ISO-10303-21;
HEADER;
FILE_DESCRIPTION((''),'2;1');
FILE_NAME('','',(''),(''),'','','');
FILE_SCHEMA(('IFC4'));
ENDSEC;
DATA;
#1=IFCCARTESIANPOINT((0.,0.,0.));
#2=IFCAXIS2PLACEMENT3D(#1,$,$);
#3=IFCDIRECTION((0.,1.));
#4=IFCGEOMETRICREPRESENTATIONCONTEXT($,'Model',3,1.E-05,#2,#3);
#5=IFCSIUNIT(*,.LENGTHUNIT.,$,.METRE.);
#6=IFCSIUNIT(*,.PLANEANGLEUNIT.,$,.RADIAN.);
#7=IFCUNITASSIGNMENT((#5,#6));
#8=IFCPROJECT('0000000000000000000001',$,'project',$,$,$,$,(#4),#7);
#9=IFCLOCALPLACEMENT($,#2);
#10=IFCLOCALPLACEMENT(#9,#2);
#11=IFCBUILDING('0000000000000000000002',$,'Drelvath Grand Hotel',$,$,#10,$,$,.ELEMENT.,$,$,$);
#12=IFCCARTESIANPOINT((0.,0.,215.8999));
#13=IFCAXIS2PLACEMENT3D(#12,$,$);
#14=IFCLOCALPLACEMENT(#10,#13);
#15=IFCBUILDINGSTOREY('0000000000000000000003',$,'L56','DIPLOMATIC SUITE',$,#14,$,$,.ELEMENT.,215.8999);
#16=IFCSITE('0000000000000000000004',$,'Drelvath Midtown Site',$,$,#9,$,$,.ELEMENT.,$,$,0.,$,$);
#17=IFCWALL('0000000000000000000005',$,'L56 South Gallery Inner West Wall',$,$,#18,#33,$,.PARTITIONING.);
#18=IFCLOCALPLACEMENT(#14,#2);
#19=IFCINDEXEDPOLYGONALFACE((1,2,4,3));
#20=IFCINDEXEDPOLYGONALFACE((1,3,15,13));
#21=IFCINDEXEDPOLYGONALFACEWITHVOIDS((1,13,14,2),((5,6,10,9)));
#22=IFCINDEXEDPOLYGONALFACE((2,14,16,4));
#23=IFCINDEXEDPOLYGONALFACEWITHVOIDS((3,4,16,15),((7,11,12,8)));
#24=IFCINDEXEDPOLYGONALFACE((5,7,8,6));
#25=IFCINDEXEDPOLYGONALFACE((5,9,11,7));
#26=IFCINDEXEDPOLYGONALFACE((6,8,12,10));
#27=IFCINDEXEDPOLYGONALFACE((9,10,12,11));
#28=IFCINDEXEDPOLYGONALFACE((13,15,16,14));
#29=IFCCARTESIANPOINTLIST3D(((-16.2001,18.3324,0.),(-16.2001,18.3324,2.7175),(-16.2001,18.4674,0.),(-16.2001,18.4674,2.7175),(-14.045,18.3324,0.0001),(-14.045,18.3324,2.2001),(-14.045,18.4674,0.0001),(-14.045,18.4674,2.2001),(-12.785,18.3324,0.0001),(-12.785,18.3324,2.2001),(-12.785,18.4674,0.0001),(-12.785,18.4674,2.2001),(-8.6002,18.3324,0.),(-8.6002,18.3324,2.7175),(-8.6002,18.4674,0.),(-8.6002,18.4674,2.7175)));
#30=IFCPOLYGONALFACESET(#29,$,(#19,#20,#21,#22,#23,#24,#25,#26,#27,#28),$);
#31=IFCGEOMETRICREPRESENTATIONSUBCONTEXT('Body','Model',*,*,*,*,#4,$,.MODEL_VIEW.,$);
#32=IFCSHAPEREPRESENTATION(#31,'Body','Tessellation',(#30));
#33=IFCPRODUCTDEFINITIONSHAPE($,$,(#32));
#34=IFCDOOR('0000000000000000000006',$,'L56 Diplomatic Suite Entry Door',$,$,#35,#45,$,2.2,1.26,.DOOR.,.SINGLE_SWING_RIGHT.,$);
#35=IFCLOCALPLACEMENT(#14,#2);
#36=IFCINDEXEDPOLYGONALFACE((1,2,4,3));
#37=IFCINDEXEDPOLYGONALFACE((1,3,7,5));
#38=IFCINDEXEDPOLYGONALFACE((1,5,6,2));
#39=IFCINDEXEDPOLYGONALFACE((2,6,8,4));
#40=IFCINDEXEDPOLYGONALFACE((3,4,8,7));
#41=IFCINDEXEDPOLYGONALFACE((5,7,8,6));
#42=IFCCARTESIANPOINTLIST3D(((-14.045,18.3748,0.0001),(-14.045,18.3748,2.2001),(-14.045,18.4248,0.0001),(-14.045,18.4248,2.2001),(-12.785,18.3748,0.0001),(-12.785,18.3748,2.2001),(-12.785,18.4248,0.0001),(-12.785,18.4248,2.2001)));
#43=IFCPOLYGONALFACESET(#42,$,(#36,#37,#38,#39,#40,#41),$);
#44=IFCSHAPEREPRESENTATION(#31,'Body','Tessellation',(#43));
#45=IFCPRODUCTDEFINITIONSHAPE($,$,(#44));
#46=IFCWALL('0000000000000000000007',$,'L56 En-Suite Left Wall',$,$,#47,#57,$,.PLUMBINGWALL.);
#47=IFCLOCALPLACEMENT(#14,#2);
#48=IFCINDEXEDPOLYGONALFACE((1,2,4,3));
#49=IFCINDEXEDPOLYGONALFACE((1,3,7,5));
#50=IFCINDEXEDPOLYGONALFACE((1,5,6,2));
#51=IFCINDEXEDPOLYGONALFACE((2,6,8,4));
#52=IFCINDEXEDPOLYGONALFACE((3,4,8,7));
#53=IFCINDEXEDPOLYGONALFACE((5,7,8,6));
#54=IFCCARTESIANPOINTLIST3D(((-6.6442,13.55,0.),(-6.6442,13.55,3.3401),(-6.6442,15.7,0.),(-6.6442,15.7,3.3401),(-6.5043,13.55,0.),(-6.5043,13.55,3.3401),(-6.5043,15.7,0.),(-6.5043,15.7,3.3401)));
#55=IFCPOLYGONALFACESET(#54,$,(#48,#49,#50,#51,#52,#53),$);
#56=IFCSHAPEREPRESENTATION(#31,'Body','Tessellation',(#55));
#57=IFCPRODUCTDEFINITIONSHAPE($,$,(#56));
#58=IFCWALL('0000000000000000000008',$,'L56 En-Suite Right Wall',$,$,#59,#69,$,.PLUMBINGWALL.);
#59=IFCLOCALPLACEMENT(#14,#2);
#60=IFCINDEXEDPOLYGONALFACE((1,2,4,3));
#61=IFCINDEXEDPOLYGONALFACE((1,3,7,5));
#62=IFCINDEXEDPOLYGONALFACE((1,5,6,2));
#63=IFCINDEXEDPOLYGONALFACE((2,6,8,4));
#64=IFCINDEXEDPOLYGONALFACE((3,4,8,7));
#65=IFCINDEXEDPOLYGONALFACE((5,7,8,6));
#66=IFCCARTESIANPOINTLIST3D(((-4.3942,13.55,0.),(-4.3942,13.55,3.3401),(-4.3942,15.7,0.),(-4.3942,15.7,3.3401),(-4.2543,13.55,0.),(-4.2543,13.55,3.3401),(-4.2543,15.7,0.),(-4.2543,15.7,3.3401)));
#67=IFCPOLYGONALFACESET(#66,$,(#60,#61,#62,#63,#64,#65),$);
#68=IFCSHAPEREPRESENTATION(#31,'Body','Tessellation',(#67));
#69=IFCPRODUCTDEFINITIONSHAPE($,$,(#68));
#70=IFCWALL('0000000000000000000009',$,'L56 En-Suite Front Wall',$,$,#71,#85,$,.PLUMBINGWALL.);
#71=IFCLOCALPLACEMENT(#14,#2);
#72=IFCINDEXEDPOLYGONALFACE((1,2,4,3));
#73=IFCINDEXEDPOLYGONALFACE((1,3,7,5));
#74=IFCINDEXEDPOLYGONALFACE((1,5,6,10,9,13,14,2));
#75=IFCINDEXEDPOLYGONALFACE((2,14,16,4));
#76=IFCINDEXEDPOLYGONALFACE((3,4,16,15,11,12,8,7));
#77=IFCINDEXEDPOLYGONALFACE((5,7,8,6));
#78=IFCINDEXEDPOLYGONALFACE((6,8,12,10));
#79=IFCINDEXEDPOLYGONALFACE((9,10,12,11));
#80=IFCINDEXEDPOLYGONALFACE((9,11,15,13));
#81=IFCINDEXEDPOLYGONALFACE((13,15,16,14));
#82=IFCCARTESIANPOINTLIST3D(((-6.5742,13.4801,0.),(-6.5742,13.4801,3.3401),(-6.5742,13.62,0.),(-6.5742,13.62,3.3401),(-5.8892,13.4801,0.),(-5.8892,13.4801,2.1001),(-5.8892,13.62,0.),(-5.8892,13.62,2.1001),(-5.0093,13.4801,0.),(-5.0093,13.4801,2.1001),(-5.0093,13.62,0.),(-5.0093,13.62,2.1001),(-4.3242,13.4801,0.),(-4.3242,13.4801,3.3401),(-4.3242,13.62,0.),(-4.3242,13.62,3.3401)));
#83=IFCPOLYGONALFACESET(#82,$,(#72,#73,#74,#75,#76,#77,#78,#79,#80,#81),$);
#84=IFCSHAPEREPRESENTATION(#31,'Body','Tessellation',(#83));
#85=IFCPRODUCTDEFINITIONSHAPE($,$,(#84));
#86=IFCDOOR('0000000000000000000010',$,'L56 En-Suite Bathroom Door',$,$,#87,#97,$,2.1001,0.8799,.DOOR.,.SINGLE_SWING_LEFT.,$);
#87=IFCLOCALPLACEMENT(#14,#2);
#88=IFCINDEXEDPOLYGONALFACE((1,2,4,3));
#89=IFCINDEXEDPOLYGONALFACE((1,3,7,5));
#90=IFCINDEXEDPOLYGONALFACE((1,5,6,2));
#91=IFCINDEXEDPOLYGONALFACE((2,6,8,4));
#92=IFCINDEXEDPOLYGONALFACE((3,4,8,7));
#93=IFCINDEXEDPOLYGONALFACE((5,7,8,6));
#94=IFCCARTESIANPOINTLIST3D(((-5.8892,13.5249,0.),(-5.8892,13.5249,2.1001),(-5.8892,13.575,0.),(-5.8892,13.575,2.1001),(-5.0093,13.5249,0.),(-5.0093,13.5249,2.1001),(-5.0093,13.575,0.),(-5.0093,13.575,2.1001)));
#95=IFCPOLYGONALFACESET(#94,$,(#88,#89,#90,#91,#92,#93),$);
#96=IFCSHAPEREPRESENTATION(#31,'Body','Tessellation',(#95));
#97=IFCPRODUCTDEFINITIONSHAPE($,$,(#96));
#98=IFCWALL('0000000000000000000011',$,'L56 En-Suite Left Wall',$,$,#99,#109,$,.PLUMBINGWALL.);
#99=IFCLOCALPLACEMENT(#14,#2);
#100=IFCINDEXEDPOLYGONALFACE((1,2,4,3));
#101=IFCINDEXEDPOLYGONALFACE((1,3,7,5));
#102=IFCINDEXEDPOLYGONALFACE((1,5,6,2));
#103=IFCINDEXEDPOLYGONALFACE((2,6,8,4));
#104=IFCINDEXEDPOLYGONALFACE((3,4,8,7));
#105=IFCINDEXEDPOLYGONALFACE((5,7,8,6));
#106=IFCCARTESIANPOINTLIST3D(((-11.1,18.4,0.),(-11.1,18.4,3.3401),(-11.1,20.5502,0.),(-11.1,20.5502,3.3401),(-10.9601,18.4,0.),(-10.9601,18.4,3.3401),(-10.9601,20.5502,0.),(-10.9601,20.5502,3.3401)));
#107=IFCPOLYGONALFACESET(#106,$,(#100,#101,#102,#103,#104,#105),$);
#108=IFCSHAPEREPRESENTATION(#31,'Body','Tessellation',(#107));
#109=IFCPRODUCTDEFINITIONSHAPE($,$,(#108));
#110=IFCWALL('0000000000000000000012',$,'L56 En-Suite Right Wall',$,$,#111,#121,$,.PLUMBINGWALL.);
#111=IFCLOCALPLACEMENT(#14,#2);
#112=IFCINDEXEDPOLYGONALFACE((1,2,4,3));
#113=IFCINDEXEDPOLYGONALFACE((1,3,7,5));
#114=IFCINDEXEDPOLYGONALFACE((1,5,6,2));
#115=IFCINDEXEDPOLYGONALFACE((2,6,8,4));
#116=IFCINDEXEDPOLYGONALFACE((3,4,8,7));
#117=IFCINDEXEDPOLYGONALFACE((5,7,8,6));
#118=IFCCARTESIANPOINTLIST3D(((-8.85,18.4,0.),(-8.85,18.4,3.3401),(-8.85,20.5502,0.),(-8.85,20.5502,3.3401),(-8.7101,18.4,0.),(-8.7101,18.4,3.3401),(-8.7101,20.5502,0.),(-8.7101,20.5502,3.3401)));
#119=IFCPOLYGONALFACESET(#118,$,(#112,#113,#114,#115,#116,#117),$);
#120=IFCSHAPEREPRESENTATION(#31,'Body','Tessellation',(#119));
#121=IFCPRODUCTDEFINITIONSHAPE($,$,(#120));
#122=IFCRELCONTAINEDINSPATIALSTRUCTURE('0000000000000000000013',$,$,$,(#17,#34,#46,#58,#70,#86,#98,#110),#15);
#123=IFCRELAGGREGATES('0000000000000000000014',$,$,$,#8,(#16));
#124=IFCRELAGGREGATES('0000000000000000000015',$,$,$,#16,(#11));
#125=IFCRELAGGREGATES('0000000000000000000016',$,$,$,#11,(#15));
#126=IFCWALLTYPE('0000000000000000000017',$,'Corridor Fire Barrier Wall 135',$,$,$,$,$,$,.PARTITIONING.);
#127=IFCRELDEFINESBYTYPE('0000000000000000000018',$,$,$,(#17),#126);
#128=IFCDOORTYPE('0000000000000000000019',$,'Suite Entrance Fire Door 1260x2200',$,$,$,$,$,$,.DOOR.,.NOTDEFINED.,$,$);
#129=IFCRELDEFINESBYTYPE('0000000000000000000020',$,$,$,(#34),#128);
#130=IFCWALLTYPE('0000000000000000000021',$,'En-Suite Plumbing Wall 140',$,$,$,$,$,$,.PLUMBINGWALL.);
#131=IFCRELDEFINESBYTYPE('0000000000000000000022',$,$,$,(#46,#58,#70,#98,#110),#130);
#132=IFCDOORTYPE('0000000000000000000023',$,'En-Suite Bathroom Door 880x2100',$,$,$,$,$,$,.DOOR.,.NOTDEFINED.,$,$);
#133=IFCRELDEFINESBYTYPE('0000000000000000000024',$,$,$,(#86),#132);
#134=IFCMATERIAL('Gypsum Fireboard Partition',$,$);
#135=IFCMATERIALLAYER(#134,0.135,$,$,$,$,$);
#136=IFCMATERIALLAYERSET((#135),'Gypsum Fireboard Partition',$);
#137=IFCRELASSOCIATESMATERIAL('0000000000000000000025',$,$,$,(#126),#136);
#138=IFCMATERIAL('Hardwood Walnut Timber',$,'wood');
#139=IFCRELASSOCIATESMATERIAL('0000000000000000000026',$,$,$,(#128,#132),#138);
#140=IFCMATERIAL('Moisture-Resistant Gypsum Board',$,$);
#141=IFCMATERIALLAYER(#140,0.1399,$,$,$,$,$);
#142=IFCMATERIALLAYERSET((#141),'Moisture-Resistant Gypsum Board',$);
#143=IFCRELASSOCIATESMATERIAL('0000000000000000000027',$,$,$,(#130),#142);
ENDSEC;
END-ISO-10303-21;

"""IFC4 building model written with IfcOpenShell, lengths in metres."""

from ifc_helpers import new_model, si_unit, direction, frame, frame_2d, origin, place, context, subcontext, project, spatial, rectangle, extrude, material, layer, layer_set, type_object, element, fill, save


model = new_model("IFC4")

# Units and contexts
model_context = context("Model", 3, precision=1e-05, world=origin(), true_north=direction((0.0, 1.0)))
body_context = subcontext(model_context, "Body", "Model", "MODEL_VIEW")
ifc_project = project(units=[si_unit("LENGTHUNIT", "METRE"), si_unit("PLANEANGLEUNIT", "RADIAN")], contexts=[model_context])

# Site, building, storey
site_placement = place(None, origin())
site = spatial("IfcSite", under=ifc_project, at=site_placement, Name="Drelvath Midtown Site", CompositionType="ELEMENT", RefElevation=0.0)
building_placement = place(site_placement, origin())
building = spatial("IfcBuilding", under=site, at=building_placement, Name="Drelvath Grand Hotel", CompositionType="ELEMENT")
storey_placement = place(building_placement, frame((0.0, 0.0, 215.8999)))
storey = spatial("IfcBuildingStorey", under=building, at=storey_placement, Name="L56", Description="DIPLOMATIC SUITE", CompositionType="ELEMENT", Elevation=215.8999)

# Shared definitions
ifc_material_1 = material(Name="Gypsum Fireboard Partition")
ifc_layer_1 = layer(ifc_material_1, 0.135)
ifc_layer_set_1 = layer_set([ifc_layer_1], Name="Gypsum Fireboard Partition")
wall_type_1 = type_object("IfcWallType", Name="Corridor Fire Barrier Wall 135", PredefinedType="PARTITIONING", material=ifc_layer_set_1)
ifc_material_2 = material(Name="Hardwood Walnut Timber", Category="wood")
door_type_1 = type_object("IfcDoorType", Name="Suite Entrance Fire Door 1260x2200", OperationType="NOTDEFINED", PredefinedType="DOOR", material=ifc_material_2)

# Wall, opening, door
wall_1_placement = place(storey_placement, frame((-16.2, 18.3999, 0.0), z_axis=(0.0, 0.0, 1.0), x_axis=(1.0, 0.0, 0.0)))
wall_1 = element("IfcWall", 1, at=wall_1_placement, inside=storey, type_object=wall_type_1, Name="L56 South Gallery Inner West Wall", PredefinedType="PARTITIONING", context=body_context, shape_type="SweptSolid", body=[
    extrude(rectangle(XDim=7.5999, YDim=0.135, at=frame_2d((3.7998, 0.0))), origin(), (0.0, 0.0, 1.0), 2.7175),
])
opening_1_placement = place(wall_1_placement, frame((2.155, 0.0, 0.0)))
opening_1 = element("IfcOpeningElement", 2, at=opening_1_placement, cuts=wall_1, PredefinedType="OPENING", context=body_context, shape_type="SweptSolid", body=[
    extrude(rectangle(XDim=1.26, YDim=2.2, at=frame_2d((0.6299, 1.1001))), frame((0.0, 0.0774, 0.0), z_axis=(0.0, -1.0, 0.0), x_axis=(1.0, 0.0, 0.0)), (0.0, 0.0, 1.0), 0.155),
])
door_1_placement = place(opening_1_placement, origin())
door_1 = element("IfcDoor", 3, at=door_1_placement, inside=storey, type_object=door_type_1, Name="L56 Diplomatic Suite Entry Door", OperationType="SINGLE_SWING_RIGHT", OverallHeight=2.2, OverallWidth=1.26, PredefinedType="DOOR", context=body_context, shape_type="SweptSolid", body=[
    extrude(rectangle(XDim=1.26, YDim=2.2, at=frame_2d((0.6299, 1.1001))), frame((0.0, 0.0249, 0.0), z_axis=(0.0, -1.0, 0.0), x_axis=(1.0, 0.0, 0.0)), (0.0, 0.0, 1.0), 0.05),
])
fill(opening_1, door_1)

# Walls
ifc_material_3 = material(Name="Moisture-Resistant Gypsum Board")
ifc_layer_2 = layer(ifc_material_3, 0.1399)
ifc_layer_set_2 = layer_set([ifc_layer_2], Name="Moisture-Resistant Gypsum Board")
wall_type_2 = type_object("IfcWallType", Name="En-Suite Plumbing Wall 140", PredefinedType="PLUMBINGWALL", material=ifc_layer_set_2)
for number, where, z_axis, x_axis, name in (
    (4, (-6.5742, 15.7, 0.0), (0.0, 0.0, 1.0), (0.0, -1.0, 0.0), "L56 En-Suite Left Wall"),
    (5, (-4.3242, 15.7, 0.0), (0.0, 0.0, 1.0), (0.0, -1.0, 0.0), "L56 En-Suite Right Wall"),
):
    element("IfcWall", number, at=place(storey_placement, frame(where, z_axis=z_axis, x_axis=x_axis)), inside=storey, type_object=wall_type_2, Name=name, PredefinedType="PLUMBINGWALL", context=body_context, shape_type="SweptSolid", body=[
        extrude(rectangle(XDim=2.1499, YDim=0.1399, at=frame_2d((1.075, 0.0))), origin(), (0.0, 0.0, 1.0), 3.3401),
    ])

# Wall, opening, door
wall_2_placement = place(storey_placement, frame((-6.5742, 13.55, 0.0), z_axis=(0.0, 0.0, 1.0), x_axis=(1.0, 0.0, 0.0)))
wall_2 = element("IfcWall", 6, at=wall_2_placement, inside=storey, type_object=wall_type_2, Name="L56 En-Suite Front Wall", PredefinedType="PLUMBINGWALL", context=body_context, shape_type="SweptSolid", body=[
    extrude(rectangle(XDim=2.25, YDim=0.1399, at=frame_2d((1.125, 0.0))), origin(), (0.0, 0.0, 1.0), 3.3401),
])
opening_2_placement = place(wall_2_placement, frame((0.6851, 0.0, 0.0)))
opening_2 = element("IfcOpeningElement", 7, at=opening_2_placement, cuts=wall_2, PredefinedType="OPENING", context=body_context, shape_type="SweptSolid", body=[
    extrude(rectangle(XDim=0.8799, YDim=2.1001, at=frame_2d((0.4399, 1.05))), frame((0.0, 0.0798, 0.0), z_axis=(0.0, -1.0, 0.0), x_axis=(1.0, 0.0, 0.0)), (0.0, 0.0, 1.0), 0.1599),
])
door_type_2 = type_object("IfcDoorType", Name="En-Suite Bathroom Door 880x2100", OperationType="NOTDEFINED", PredefinedType="DOOR", material=ifc_material_2)
door_2_placement = place(opening_2_placement, origin())
door_2 = element("IfcDoor", 8, at=door_2_placement, inside=storey, type_object=door_type_2, Name="L56 En-Suite Bathroom Door", OperationType="SINGLE_SWING_LEFT", OverallHeight=2.1001, OverallWidth=0.8799, PredefinedType="DOOR", context=body_context, shape_type="SweptSolid", body=[
    extrude(rectangle(XDim=0.8799, YDim=2.1001, at=frame_2d((0.4399, 1.05))), frame((0.0, 0.0249, 0.0), z_axis=(0.0, -1.0, 0.0), x_axis=(1.0, 0.0, 0.0)), (0.0, 0.0, 1.0), 0.05),
])
fill(opening_2, door_2)

# Walls
for number, where, z_axis, x_axis, name in (
    (9, (-11.03, 18.3999, 0.0), (0.0, 0.0, 1.0), (0.0, 1.0, 0.0), "L56 En-Suite Left Wall"),
    (10, (-8.78, 18.3999, 0.0), (0.0, 0.0, 1.0), (0.0, 1.0, 0.0), "L56 En-Suite Right Wall"),
):
    element("IfcWall", number, at=place(storey_placement, frame(where, z_axis=z_axis, x_axis=x_axis)), inside=storey, type_object=wall_type_2, Name=name, PredefinedType="PLUMBINGWALL", context=body_context, shape_type="SweptSolid", body=[
        extrude(rectangle(XDim=2.1501, YDim=0.1399, at=frame_2d((1.0752, 0.0))), origin(), (0.0, 0.0, 1.0), 3.3401),
    ])

save(model, "model.ifc")
